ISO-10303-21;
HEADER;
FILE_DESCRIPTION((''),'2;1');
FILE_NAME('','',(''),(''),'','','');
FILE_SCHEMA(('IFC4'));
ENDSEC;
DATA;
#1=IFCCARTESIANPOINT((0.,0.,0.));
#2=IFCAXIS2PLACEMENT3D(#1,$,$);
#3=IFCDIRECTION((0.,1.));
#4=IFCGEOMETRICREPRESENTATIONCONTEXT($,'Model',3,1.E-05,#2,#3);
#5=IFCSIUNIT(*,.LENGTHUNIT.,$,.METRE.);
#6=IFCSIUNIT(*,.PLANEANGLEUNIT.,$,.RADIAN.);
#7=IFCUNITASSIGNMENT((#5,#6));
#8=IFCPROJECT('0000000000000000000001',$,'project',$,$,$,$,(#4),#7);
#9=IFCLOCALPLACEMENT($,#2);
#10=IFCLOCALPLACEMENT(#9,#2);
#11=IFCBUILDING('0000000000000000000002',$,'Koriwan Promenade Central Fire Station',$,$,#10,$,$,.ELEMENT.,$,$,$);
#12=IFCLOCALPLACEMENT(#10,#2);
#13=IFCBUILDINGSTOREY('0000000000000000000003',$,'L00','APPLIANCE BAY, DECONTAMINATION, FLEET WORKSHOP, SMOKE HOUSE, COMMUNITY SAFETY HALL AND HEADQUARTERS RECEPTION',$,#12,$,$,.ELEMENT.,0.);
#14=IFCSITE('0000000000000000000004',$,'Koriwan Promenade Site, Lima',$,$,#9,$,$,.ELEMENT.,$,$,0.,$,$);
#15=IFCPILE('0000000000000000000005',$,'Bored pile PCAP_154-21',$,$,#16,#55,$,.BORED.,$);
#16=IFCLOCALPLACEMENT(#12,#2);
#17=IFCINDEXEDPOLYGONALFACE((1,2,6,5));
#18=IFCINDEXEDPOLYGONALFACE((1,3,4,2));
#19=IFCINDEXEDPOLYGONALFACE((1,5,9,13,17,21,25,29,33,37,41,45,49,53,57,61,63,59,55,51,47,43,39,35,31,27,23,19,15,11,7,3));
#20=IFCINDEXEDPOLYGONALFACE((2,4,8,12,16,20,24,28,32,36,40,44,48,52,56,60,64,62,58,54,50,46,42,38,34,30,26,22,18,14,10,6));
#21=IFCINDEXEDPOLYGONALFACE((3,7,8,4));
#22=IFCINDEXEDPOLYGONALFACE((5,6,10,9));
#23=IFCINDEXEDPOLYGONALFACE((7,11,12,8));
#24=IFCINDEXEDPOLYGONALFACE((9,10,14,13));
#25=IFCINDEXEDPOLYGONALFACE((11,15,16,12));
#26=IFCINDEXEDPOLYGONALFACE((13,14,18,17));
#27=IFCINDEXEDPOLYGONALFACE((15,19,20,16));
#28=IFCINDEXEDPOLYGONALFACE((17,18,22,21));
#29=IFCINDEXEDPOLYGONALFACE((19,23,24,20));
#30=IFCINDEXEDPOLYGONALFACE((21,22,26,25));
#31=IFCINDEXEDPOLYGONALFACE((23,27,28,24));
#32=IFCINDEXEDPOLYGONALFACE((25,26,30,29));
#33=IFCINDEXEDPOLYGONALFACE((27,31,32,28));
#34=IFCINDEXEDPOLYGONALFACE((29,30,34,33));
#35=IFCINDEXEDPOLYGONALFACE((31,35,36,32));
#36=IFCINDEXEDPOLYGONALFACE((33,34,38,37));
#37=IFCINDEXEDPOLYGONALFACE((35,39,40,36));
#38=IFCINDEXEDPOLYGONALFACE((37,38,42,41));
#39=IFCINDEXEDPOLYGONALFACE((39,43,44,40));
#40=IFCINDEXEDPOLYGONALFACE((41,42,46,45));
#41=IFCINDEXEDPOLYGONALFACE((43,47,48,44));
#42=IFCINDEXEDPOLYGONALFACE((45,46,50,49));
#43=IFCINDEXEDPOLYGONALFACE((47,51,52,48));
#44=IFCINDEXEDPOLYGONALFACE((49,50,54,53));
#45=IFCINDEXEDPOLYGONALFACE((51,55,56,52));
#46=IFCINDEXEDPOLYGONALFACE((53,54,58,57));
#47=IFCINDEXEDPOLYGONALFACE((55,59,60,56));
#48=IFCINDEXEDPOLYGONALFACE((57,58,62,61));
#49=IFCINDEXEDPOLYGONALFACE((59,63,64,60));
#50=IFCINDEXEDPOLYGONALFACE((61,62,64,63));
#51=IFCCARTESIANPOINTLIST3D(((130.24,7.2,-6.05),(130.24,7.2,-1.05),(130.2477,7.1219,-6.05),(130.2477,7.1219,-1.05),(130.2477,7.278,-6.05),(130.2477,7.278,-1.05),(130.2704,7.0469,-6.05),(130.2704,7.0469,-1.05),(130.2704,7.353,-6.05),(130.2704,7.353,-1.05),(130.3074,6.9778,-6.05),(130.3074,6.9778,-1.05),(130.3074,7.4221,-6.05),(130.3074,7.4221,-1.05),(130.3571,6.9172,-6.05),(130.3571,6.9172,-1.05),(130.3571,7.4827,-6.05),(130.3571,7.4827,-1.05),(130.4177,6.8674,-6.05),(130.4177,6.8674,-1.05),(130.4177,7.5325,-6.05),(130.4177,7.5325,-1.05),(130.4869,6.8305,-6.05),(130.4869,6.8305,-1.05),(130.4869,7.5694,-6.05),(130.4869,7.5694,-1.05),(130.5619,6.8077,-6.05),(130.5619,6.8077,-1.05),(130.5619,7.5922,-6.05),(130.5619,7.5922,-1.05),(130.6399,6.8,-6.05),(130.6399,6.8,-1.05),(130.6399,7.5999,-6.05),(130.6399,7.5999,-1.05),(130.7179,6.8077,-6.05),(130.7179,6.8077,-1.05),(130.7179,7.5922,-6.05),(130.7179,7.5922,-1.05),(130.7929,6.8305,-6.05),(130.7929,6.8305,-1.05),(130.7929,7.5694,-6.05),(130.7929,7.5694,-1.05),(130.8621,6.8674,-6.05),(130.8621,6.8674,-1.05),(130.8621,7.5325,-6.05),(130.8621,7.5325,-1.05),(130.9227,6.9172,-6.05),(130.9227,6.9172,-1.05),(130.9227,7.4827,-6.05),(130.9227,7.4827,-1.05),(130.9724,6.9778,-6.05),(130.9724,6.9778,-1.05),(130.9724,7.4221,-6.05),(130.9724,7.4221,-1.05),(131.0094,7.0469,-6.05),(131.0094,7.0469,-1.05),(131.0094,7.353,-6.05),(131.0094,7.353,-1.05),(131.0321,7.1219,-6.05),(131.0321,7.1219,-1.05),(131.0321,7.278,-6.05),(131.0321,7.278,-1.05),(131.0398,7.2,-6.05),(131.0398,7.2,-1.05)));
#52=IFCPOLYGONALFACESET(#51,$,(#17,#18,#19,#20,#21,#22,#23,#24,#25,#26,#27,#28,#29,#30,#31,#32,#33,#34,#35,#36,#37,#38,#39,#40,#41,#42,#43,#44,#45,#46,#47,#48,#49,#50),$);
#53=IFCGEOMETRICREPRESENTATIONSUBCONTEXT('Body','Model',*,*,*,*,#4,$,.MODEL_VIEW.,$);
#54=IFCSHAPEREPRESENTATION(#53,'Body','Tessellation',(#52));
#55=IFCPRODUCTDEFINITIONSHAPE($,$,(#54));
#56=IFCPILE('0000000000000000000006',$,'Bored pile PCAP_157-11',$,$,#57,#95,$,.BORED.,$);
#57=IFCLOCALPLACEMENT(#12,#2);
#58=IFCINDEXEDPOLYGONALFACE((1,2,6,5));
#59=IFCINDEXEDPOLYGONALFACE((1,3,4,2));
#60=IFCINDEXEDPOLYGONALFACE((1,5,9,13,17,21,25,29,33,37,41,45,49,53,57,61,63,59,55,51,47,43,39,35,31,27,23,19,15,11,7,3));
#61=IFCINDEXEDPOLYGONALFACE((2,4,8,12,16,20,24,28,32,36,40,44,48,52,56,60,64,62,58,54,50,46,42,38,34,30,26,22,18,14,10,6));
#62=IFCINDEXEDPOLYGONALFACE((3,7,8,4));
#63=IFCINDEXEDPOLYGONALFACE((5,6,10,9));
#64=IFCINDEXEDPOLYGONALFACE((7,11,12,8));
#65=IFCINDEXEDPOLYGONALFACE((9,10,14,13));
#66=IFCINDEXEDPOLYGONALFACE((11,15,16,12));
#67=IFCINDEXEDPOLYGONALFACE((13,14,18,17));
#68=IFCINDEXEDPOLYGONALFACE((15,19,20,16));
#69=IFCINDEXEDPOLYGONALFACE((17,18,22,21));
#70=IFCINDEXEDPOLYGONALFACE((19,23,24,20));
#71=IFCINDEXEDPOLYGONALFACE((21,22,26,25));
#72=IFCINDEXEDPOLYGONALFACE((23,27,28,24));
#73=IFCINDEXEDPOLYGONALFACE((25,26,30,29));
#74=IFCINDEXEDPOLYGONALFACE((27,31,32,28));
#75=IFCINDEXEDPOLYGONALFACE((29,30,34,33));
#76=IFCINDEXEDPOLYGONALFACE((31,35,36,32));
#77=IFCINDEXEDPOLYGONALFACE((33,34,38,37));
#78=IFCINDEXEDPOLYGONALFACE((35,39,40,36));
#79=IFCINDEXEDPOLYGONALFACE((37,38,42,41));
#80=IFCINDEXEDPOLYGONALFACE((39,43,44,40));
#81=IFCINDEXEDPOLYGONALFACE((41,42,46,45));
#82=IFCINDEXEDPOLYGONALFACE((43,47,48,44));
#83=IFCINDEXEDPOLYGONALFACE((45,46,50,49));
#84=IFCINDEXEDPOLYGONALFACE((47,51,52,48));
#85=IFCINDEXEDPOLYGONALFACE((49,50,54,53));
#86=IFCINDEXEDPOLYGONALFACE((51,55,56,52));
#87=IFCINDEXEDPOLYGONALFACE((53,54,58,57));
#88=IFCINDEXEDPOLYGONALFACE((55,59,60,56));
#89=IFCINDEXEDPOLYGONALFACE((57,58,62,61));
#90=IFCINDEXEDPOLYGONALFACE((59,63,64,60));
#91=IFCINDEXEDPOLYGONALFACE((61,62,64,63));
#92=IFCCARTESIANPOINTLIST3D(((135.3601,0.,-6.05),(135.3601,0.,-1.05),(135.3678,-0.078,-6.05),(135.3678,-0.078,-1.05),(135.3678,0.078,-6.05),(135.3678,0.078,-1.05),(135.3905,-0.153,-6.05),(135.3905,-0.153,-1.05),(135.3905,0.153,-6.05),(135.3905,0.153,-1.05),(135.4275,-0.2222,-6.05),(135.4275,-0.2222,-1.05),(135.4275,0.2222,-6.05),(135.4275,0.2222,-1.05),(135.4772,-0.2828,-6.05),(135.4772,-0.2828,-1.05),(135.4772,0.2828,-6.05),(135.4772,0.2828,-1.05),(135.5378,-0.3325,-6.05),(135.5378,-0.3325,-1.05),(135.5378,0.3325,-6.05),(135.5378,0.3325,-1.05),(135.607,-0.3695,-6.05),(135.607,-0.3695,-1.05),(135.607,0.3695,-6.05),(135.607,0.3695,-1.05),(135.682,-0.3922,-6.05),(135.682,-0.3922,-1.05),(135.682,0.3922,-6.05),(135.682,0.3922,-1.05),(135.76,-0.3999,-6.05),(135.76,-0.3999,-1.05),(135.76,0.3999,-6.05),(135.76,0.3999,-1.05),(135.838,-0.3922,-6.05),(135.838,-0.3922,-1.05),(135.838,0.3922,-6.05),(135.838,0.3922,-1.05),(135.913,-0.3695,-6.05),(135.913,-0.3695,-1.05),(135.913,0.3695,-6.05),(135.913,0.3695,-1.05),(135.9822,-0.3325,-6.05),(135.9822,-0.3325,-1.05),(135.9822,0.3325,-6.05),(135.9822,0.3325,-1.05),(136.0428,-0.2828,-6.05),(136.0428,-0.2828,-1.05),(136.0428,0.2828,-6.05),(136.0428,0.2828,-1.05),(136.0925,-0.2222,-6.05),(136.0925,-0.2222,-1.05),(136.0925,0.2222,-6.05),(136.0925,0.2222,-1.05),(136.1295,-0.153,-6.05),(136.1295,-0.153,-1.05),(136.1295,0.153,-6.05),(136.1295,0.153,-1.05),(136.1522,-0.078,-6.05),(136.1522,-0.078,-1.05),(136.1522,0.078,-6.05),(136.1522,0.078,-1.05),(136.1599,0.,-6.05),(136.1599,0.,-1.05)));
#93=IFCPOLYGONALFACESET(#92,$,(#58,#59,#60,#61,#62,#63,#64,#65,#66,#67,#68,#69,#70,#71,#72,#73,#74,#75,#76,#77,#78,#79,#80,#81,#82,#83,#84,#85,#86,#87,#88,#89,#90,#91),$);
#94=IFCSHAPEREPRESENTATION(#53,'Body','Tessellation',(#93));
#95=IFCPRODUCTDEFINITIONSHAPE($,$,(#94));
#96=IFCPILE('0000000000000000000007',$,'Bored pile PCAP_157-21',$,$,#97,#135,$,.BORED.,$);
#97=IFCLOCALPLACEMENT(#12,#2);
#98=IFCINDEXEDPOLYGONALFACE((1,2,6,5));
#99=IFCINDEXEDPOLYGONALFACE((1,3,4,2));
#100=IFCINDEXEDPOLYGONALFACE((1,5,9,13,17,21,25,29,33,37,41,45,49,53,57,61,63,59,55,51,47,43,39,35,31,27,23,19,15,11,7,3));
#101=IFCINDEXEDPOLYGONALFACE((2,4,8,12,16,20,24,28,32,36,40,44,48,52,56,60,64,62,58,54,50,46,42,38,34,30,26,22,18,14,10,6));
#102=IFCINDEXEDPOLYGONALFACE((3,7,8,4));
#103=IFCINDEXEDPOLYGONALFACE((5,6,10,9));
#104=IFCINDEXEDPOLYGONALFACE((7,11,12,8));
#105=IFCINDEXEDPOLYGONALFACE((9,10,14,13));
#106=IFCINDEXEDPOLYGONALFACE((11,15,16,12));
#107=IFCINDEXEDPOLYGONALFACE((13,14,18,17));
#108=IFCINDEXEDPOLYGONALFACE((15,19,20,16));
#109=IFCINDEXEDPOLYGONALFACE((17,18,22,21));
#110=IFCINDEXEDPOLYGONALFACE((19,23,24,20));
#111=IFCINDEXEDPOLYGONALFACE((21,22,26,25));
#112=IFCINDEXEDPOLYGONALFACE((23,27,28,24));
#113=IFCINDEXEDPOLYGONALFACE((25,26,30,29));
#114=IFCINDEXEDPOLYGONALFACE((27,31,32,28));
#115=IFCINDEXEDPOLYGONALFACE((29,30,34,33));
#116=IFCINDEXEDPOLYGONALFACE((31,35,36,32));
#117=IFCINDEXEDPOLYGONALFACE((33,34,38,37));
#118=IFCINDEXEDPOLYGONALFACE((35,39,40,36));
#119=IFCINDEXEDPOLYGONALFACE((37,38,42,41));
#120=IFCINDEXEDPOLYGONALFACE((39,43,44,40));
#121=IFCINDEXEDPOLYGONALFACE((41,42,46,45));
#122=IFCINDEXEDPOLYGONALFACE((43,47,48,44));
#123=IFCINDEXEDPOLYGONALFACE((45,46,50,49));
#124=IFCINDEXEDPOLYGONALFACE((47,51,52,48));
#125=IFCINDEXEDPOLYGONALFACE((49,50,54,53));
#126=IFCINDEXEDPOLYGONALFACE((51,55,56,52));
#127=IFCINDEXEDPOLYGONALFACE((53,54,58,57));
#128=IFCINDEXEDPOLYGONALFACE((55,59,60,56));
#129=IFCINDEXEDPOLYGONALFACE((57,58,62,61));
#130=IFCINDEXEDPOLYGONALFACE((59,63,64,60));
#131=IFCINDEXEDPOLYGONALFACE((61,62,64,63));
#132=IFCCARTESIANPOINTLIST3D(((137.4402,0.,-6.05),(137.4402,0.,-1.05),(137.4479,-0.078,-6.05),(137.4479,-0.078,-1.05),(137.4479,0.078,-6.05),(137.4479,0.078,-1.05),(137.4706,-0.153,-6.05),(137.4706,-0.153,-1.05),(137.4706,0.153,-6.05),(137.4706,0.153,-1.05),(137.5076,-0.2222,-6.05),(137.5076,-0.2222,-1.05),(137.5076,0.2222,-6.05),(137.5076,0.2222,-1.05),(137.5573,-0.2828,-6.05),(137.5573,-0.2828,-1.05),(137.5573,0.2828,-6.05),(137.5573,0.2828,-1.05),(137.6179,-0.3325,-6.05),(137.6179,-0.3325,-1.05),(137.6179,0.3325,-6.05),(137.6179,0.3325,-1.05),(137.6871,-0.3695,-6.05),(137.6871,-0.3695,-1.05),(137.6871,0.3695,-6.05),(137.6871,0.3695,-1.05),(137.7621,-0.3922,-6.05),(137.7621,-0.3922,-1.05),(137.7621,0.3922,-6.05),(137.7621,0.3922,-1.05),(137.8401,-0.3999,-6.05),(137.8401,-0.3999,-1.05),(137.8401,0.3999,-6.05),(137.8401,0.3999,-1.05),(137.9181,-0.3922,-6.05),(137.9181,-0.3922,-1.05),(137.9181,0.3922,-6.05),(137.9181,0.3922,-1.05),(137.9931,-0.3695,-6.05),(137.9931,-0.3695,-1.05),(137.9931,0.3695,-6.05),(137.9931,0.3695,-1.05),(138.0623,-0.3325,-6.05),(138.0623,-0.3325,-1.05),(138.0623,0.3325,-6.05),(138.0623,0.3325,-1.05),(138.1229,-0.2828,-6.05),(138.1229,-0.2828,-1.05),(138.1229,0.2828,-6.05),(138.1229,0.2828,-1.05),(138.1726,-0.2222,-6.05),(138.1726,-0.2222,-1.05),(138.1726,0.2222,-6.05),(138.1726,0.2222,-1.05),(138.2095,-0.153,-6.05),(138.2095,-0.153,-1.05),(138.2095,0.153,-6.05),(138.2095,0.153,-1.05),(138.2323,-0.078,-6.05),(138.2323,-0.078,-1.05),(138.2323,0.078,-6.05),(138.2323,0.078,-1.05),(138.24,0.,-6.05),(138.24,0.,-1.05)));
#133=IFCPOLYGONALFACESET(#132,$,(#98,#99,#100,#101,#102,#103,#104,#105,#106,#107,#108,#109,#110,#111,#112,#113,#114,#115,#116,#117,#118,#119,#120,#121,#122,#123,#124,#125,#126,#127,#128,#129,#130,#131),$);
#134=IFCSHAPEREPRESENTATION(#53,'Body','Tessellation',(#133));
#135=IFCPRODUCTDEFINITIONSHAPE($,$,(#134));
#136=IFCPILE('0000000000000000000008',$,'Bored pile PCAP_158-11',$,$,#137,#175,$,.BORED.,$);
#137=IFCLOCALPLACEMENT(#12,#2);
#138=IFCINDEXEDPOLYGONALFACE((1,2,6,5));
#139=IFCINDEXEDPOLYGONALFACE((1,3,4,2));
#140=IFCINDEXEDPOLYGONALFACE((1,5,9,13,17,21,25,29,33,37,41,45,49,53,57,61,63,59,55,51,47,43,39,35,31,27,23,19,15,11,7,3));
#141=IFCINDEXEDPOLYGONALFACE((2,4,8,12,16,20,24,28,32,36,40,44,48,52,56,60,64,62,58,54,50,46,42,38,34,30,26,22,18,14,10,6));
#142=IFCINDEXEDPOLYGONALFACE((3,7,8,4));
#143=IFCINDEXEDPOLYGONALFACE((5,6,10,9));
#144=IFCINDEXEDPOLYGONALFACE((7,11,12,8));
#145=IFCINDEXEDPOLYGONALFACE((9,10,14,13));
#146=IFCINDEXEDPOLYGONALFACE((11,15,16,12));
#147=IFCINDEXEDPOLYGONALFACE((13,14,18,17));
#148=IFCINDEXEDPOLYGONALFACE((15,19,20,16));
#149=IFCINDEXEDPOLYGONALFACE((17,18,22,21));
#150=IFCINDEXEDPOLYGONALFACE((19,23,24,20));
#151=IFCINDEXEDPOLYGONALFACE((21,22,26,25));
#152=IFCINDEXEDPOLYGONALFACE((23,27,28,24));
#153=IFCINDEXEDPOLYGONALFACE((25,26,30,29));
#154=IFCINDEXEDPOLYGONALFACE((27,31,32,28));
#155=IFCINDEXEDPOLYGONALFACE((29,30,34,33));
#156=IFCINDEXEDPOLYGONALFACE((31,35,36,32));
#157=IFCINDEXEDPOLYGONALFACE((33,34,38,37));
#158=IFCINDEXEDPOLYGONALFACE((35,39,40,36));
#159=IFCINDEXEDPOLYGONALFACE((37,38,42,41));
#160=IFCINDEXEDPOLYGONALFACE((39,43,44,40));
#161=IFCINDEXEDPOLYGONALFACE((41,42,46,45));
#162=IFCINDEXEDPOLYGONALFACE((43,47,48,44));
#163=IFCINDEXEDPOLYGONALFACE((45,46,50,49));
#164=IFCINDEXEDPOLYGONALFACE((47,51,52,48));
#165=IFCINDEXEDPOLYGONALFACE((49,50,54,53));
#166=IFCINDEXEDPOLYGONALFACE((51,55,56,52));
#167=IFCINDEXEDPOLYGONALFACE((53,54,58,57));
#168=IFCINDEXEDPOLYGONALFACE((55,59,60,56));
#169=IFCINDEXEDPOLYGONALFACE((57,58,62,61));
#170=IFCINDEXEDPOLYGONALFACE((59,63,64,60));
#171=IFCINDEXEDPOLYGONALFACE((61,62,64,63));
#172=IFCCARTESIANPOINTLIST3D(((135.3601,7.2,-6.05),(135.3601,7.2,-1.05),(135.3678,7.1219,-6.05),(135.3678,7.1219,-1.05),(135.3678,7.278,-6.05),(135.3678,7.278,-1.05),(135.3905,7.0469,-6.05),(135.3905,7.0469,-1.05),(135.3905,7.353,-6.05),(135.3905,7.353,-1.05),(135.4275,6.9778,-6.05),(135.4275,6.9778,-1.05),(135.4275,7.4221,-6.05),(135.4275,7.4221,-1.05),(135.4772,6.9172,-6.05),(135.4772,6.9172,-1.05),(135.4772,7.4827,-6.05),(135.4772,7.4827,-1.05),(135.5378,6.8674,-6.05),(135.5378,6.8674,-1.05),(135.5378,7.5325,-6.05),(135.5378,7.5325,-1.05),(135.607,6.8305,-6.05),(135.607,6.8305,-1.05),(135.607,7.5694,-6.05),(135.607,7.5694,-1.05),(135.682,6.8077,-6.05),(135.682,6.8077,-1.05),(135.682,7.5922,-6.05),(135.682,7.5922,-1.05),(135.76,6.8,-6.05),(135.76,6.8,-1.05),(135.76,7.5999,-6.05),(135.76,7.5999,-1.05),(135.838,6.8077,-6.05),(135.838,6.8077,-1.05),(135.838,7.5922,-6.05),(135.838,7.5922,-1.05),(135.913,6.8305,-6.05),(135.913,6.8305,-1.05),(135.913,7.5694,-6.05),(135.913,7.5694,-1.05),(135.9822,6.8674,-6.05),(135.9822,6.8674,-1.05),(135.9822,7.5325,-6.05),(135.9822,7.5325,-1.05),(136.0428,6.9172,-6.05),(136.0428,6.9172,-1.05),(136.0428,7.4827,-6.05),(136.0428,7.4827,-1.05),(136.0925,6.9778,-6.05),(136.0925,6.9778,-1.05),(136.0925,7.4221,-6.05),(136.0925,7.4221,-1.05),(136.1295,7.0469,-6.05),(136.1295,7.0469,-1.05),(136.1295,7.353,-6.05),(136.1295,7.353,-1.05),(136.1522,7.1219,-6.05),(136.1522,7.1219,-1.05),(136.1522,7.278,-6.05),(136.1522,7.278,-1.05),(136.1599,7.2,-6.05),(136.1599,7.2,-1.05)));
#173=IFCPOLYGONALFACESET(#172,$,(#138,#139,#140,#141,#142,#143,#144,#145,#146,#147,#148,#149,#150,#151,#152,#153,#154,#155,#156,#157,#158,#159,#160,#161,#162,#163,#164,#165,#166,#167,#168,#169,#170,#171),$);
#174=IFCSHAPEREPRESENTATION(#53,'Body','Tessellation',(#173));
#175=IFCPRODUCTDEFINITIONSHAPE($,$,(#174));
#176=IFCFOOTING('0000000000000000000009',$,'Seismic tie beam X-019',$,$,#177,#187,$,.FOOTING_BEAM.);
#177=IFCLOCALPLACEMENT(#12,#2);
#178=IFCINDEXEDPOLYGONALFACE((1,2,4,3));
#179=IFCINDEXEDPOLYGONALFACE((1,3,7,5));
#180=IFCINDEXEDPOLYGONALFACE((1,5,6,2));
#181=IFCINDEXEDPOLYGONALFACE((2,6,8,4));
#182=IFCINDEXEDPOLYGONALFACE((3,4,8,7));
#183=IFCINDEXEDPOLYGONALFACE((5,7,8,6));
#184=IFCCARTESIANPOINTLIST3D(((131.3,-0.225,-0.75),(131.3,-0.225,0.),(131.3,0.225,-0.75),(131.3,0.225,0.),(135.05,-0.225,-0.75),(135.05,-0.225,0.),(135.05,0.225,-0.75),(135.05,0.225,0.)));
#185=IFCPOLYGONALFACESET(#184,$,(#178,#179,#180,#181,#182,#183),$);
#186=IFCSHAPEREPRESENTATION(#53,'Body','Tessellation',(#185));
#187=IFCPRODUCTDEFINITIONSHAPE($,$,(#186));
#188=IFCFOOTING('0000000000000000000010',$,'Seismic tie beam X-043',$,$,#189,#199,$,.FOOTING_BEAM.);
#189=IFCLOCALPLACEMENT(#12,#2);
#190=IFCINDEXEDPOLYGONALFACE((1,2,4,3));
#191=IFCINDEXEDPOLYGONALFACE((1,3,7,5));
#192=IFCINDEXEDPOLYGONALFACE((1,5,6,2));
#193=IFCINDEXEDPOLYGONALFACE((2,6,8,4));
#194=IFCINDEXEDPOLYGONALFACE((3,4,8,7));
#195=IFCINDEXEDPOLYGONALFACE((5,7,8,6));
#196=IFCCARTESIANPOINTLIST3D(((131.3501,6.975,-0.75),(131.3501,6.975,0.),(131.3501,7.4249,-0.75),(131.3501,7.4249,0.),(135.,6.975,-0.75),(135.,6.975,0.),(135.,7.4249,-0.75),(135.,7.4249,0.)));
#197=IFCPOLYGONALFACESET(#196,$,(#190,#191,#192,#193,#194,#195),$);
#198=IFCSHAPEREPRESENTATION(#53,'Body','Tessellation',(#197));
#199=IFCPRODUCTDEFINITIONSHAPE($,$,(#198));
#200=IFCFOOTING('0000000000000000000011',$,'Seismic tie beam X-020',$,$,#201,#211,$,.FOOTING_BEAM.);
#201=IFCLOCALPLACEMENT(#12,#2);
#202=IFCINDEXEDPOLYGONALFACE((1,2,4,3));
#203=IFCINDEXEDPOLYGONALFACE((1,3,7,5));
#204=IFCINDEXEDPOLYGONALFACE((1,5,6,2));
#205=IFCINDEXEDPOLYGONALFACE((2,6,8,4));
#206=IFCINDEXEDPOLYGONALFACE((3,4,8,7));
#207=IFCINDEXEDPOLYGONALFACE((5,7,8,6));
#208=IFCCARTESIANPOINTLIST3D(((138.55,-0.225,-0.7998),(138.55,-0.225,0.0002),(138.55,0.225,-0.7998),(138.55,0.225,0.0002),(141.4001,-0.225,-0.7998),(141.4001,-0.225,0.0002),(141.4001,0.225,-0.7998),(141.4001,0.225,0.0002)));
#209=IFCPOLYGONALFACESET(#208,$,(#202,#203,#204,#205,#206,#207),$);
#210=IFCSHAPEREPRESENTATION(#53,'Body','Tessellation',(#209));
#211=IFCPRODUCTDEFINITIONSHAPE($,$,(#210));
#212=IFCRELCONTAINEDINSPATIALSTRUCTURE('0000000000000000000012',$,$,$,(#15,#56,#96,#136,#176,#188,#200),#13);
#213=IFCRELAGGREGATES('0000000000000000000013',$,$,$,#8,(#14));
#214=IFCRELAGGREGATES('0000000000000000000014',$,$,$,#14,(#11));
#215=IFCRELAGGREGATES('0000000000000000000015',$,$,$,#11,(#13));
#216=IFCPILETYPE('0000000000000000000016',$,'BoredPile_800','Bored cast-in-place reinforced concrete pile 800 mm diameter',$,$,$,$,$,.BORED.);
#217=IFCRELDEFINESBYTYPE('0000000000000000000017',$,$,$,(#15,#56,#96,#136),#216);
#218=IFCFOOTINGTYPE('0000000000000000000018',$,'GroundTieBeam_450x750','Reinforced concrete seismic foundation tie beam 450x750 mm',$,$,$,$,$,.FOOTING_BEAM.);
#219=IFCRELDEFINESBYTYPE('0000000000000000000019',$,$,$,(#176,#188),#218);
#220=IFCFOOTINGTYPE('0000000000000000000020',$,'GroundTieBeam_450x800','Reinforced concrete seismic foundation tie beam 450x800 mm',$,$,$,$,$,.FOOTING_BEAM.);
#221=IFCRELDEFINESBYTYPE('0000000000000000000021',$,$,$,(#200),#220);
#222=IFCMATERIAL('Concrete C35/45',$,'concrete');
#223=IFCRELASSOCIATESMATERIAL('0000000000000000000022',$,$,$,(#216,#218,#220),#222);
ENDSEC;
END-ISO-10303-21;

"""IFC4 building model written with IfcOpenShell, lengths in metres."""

from ifc_helpers import new_model, si_unit, direction, frame, origin, origin_2d, place, context, subcontext, project, spatial, rectangle, circle, extrude, material, material_profile, profile_set, type_object, element, save


model = new_model("IFC4")

# Units and contexts
model_context = context("Model", 3, precision=1e-05, world=origin(), true_north=direction((0.0, 1.0)))
body_context = subcontext(model_context, "Body", "Model", "MODEL_VIEW")
ifc_project = project(units=[si_unit("LENGTHUNIT", "METRE"), si_unit("PLANEANGLEUNIT", "RADIAN")], contexts=[model_context])

# Site, building, storey
site_placement = place(None, origin())
site = spatial("IfcSite", under=ifc_project, at=site_placement, Name="Koriwan Promenade Site, Lima", CompositionType="ELEMENT", RefElevation=0.0)
building_placement = place(site_placement, origin())
building = spatial("IfcBuilding", under=site, at=building_placement, Name="Koriwan Promenade Central Fire Station", CompositionType="ELEMENT")
storey_placement = place(building_placement, origin())
storey = spatial("IfcBuildingStorey", under=building, at=storey_placement, Name="L00", Description="APPLIANCE BAY, DECONTAMINATION, FLEET WORKSHOP, SMOKE HOUSE, COMMUNITY SAFETY HALL AND HEADQUARTERS RECEPTION", CompositionType="ELEMENT", Elevation=0.0)

# Piles
ifc_material_1 = material(Name="Concrete C35/45", Category="concrete")
ifc_material_profile_1 = material_profile(ifc_material_1, circle(Radius=0.3999, at=origin_2d()), Name="PILE-D800")
ifc_profile_set_1 = profile_set([ifc_material_profile_1], Name="Concrete C35/45")
pile_type_1 = type_object("IfcPileType", Name="BoredPile_800", Description="Bored cast-in-place reinforced concrete pile 800 mm diameter", PredefinedType="BORED", material=ifc_profile_set_1)
for number, where, z_axis, x_axis, name in (
    (1, (130.6399, 7.2, -1.05), (0.0, 0.0, -1.0), (1.0, 0.0, 0.0), "Bored pile PCAP_154-21"),
    (2, (135.76, 0.0, -1.05), (0.0, 0.0, -1.0), (1.0, 0.0, 0.0), "Bored pile PCAP_157-11"),
    (3, (137.8401, 0.0, -1.05), (0.0, 0.0, -1.0), (1.0, 0.0, 0.0), "Bored pile PCAP_157-21"),
    (4, (135.76, 7.2, -1.05), (0.0, 0.0, -1.0), (1.0, 0.0, 0.0), "Bored pile PCAP_158-11"),
):
    element("IfcPile", number, at=place(storey_placement, frame(where, z_axis=z_axis, x_axis=x_axis)), inside=storey, type_object=pile_type_1, Name=name, PredefinedType="BORED", context=body_context, shape_type="SweptSolid", body=[
        extrude(circle(Radius=0.3999, at=origin_2d()), origin(), (0.0, 0.0, 1.0), 5.0),
    ])

# Footings
footing_type_1 = type_object("IfcFootingType", Name="GroundTieBeam_450x750", Description="Reinforced concrete seismic foundation tie beam 450x750 mm", PredefinedType="FOOTING_BEAM", material=ifc_material_1)
footing_1_placement = place(storey_placement, frame((133.175, 0.0, -0.75), z_axis=(0.0, 0.0, 1.0), x_axis=(1.0, 0.0, 0.0)))
element("IfcFooting", 5, at=footing_1_placement, inside=storey, type_object=footing_type_1, Name="Seismic tie beam X-019", PredefinedType="FOOTING_BEAM", context=body_context, shape_type="SweptSolid", body=[
    extrude(rectangle(XDim=3.75, YDim=0.45, at=origin_2d()), origin(), (0.0, 0.0, 1.0), 0.75),
])
footing_2_placement = place(storey_placement, frame((133.175, 7.2, -0.75), z_axis=(0.0, 0.0, 1.0), x_axis=(1.0, 0.0, 0.0)))
element("IfcFooting", 6, at=footing_2_placement, inside=storey, type_object=footing_type_1, Name="Seismic tie beam X-043", PredefinedType="FOOTING_BEAM", context=body_context, shape_type="SweptSolid", body=[
    extrude(rectangle(XDim=3.6499, YDim=0.45, at=origin_2d()), origin(), (0.0, 0.0, 1.0), 0.75),
])
footing_type_2 = type_object("IfcFootingType", Name="GroundTieBeam_450x800", Description="Reinforced concrete seismic foundation tie beam 450x800 mm", PredefinedType="FOOTING_BEAM", material=ifc_material_1)
footing_3_placement = place(storey_placement, frame((139.9751, 0.0, -0.7998), z_axis=(0.0, 0.0, 1.0), x_axis=(1.0, 0.0, 0.0)))
element("IfcFooting", 7, at=footing_3_placement, inside=storey, type_object=footing_type_2, Name="Seismic tie beam X-020", PredefinedType="FOOTING_BEAM", context=body_context, shape_type="SweptSolid", body=[
    extrude(rectangle(XDim=2.8501, YDim=0.45, at=origin_2d()), origin(), (0.0, 0.0, 1.0), 0.8),
])

save(model, "model.ifc")
